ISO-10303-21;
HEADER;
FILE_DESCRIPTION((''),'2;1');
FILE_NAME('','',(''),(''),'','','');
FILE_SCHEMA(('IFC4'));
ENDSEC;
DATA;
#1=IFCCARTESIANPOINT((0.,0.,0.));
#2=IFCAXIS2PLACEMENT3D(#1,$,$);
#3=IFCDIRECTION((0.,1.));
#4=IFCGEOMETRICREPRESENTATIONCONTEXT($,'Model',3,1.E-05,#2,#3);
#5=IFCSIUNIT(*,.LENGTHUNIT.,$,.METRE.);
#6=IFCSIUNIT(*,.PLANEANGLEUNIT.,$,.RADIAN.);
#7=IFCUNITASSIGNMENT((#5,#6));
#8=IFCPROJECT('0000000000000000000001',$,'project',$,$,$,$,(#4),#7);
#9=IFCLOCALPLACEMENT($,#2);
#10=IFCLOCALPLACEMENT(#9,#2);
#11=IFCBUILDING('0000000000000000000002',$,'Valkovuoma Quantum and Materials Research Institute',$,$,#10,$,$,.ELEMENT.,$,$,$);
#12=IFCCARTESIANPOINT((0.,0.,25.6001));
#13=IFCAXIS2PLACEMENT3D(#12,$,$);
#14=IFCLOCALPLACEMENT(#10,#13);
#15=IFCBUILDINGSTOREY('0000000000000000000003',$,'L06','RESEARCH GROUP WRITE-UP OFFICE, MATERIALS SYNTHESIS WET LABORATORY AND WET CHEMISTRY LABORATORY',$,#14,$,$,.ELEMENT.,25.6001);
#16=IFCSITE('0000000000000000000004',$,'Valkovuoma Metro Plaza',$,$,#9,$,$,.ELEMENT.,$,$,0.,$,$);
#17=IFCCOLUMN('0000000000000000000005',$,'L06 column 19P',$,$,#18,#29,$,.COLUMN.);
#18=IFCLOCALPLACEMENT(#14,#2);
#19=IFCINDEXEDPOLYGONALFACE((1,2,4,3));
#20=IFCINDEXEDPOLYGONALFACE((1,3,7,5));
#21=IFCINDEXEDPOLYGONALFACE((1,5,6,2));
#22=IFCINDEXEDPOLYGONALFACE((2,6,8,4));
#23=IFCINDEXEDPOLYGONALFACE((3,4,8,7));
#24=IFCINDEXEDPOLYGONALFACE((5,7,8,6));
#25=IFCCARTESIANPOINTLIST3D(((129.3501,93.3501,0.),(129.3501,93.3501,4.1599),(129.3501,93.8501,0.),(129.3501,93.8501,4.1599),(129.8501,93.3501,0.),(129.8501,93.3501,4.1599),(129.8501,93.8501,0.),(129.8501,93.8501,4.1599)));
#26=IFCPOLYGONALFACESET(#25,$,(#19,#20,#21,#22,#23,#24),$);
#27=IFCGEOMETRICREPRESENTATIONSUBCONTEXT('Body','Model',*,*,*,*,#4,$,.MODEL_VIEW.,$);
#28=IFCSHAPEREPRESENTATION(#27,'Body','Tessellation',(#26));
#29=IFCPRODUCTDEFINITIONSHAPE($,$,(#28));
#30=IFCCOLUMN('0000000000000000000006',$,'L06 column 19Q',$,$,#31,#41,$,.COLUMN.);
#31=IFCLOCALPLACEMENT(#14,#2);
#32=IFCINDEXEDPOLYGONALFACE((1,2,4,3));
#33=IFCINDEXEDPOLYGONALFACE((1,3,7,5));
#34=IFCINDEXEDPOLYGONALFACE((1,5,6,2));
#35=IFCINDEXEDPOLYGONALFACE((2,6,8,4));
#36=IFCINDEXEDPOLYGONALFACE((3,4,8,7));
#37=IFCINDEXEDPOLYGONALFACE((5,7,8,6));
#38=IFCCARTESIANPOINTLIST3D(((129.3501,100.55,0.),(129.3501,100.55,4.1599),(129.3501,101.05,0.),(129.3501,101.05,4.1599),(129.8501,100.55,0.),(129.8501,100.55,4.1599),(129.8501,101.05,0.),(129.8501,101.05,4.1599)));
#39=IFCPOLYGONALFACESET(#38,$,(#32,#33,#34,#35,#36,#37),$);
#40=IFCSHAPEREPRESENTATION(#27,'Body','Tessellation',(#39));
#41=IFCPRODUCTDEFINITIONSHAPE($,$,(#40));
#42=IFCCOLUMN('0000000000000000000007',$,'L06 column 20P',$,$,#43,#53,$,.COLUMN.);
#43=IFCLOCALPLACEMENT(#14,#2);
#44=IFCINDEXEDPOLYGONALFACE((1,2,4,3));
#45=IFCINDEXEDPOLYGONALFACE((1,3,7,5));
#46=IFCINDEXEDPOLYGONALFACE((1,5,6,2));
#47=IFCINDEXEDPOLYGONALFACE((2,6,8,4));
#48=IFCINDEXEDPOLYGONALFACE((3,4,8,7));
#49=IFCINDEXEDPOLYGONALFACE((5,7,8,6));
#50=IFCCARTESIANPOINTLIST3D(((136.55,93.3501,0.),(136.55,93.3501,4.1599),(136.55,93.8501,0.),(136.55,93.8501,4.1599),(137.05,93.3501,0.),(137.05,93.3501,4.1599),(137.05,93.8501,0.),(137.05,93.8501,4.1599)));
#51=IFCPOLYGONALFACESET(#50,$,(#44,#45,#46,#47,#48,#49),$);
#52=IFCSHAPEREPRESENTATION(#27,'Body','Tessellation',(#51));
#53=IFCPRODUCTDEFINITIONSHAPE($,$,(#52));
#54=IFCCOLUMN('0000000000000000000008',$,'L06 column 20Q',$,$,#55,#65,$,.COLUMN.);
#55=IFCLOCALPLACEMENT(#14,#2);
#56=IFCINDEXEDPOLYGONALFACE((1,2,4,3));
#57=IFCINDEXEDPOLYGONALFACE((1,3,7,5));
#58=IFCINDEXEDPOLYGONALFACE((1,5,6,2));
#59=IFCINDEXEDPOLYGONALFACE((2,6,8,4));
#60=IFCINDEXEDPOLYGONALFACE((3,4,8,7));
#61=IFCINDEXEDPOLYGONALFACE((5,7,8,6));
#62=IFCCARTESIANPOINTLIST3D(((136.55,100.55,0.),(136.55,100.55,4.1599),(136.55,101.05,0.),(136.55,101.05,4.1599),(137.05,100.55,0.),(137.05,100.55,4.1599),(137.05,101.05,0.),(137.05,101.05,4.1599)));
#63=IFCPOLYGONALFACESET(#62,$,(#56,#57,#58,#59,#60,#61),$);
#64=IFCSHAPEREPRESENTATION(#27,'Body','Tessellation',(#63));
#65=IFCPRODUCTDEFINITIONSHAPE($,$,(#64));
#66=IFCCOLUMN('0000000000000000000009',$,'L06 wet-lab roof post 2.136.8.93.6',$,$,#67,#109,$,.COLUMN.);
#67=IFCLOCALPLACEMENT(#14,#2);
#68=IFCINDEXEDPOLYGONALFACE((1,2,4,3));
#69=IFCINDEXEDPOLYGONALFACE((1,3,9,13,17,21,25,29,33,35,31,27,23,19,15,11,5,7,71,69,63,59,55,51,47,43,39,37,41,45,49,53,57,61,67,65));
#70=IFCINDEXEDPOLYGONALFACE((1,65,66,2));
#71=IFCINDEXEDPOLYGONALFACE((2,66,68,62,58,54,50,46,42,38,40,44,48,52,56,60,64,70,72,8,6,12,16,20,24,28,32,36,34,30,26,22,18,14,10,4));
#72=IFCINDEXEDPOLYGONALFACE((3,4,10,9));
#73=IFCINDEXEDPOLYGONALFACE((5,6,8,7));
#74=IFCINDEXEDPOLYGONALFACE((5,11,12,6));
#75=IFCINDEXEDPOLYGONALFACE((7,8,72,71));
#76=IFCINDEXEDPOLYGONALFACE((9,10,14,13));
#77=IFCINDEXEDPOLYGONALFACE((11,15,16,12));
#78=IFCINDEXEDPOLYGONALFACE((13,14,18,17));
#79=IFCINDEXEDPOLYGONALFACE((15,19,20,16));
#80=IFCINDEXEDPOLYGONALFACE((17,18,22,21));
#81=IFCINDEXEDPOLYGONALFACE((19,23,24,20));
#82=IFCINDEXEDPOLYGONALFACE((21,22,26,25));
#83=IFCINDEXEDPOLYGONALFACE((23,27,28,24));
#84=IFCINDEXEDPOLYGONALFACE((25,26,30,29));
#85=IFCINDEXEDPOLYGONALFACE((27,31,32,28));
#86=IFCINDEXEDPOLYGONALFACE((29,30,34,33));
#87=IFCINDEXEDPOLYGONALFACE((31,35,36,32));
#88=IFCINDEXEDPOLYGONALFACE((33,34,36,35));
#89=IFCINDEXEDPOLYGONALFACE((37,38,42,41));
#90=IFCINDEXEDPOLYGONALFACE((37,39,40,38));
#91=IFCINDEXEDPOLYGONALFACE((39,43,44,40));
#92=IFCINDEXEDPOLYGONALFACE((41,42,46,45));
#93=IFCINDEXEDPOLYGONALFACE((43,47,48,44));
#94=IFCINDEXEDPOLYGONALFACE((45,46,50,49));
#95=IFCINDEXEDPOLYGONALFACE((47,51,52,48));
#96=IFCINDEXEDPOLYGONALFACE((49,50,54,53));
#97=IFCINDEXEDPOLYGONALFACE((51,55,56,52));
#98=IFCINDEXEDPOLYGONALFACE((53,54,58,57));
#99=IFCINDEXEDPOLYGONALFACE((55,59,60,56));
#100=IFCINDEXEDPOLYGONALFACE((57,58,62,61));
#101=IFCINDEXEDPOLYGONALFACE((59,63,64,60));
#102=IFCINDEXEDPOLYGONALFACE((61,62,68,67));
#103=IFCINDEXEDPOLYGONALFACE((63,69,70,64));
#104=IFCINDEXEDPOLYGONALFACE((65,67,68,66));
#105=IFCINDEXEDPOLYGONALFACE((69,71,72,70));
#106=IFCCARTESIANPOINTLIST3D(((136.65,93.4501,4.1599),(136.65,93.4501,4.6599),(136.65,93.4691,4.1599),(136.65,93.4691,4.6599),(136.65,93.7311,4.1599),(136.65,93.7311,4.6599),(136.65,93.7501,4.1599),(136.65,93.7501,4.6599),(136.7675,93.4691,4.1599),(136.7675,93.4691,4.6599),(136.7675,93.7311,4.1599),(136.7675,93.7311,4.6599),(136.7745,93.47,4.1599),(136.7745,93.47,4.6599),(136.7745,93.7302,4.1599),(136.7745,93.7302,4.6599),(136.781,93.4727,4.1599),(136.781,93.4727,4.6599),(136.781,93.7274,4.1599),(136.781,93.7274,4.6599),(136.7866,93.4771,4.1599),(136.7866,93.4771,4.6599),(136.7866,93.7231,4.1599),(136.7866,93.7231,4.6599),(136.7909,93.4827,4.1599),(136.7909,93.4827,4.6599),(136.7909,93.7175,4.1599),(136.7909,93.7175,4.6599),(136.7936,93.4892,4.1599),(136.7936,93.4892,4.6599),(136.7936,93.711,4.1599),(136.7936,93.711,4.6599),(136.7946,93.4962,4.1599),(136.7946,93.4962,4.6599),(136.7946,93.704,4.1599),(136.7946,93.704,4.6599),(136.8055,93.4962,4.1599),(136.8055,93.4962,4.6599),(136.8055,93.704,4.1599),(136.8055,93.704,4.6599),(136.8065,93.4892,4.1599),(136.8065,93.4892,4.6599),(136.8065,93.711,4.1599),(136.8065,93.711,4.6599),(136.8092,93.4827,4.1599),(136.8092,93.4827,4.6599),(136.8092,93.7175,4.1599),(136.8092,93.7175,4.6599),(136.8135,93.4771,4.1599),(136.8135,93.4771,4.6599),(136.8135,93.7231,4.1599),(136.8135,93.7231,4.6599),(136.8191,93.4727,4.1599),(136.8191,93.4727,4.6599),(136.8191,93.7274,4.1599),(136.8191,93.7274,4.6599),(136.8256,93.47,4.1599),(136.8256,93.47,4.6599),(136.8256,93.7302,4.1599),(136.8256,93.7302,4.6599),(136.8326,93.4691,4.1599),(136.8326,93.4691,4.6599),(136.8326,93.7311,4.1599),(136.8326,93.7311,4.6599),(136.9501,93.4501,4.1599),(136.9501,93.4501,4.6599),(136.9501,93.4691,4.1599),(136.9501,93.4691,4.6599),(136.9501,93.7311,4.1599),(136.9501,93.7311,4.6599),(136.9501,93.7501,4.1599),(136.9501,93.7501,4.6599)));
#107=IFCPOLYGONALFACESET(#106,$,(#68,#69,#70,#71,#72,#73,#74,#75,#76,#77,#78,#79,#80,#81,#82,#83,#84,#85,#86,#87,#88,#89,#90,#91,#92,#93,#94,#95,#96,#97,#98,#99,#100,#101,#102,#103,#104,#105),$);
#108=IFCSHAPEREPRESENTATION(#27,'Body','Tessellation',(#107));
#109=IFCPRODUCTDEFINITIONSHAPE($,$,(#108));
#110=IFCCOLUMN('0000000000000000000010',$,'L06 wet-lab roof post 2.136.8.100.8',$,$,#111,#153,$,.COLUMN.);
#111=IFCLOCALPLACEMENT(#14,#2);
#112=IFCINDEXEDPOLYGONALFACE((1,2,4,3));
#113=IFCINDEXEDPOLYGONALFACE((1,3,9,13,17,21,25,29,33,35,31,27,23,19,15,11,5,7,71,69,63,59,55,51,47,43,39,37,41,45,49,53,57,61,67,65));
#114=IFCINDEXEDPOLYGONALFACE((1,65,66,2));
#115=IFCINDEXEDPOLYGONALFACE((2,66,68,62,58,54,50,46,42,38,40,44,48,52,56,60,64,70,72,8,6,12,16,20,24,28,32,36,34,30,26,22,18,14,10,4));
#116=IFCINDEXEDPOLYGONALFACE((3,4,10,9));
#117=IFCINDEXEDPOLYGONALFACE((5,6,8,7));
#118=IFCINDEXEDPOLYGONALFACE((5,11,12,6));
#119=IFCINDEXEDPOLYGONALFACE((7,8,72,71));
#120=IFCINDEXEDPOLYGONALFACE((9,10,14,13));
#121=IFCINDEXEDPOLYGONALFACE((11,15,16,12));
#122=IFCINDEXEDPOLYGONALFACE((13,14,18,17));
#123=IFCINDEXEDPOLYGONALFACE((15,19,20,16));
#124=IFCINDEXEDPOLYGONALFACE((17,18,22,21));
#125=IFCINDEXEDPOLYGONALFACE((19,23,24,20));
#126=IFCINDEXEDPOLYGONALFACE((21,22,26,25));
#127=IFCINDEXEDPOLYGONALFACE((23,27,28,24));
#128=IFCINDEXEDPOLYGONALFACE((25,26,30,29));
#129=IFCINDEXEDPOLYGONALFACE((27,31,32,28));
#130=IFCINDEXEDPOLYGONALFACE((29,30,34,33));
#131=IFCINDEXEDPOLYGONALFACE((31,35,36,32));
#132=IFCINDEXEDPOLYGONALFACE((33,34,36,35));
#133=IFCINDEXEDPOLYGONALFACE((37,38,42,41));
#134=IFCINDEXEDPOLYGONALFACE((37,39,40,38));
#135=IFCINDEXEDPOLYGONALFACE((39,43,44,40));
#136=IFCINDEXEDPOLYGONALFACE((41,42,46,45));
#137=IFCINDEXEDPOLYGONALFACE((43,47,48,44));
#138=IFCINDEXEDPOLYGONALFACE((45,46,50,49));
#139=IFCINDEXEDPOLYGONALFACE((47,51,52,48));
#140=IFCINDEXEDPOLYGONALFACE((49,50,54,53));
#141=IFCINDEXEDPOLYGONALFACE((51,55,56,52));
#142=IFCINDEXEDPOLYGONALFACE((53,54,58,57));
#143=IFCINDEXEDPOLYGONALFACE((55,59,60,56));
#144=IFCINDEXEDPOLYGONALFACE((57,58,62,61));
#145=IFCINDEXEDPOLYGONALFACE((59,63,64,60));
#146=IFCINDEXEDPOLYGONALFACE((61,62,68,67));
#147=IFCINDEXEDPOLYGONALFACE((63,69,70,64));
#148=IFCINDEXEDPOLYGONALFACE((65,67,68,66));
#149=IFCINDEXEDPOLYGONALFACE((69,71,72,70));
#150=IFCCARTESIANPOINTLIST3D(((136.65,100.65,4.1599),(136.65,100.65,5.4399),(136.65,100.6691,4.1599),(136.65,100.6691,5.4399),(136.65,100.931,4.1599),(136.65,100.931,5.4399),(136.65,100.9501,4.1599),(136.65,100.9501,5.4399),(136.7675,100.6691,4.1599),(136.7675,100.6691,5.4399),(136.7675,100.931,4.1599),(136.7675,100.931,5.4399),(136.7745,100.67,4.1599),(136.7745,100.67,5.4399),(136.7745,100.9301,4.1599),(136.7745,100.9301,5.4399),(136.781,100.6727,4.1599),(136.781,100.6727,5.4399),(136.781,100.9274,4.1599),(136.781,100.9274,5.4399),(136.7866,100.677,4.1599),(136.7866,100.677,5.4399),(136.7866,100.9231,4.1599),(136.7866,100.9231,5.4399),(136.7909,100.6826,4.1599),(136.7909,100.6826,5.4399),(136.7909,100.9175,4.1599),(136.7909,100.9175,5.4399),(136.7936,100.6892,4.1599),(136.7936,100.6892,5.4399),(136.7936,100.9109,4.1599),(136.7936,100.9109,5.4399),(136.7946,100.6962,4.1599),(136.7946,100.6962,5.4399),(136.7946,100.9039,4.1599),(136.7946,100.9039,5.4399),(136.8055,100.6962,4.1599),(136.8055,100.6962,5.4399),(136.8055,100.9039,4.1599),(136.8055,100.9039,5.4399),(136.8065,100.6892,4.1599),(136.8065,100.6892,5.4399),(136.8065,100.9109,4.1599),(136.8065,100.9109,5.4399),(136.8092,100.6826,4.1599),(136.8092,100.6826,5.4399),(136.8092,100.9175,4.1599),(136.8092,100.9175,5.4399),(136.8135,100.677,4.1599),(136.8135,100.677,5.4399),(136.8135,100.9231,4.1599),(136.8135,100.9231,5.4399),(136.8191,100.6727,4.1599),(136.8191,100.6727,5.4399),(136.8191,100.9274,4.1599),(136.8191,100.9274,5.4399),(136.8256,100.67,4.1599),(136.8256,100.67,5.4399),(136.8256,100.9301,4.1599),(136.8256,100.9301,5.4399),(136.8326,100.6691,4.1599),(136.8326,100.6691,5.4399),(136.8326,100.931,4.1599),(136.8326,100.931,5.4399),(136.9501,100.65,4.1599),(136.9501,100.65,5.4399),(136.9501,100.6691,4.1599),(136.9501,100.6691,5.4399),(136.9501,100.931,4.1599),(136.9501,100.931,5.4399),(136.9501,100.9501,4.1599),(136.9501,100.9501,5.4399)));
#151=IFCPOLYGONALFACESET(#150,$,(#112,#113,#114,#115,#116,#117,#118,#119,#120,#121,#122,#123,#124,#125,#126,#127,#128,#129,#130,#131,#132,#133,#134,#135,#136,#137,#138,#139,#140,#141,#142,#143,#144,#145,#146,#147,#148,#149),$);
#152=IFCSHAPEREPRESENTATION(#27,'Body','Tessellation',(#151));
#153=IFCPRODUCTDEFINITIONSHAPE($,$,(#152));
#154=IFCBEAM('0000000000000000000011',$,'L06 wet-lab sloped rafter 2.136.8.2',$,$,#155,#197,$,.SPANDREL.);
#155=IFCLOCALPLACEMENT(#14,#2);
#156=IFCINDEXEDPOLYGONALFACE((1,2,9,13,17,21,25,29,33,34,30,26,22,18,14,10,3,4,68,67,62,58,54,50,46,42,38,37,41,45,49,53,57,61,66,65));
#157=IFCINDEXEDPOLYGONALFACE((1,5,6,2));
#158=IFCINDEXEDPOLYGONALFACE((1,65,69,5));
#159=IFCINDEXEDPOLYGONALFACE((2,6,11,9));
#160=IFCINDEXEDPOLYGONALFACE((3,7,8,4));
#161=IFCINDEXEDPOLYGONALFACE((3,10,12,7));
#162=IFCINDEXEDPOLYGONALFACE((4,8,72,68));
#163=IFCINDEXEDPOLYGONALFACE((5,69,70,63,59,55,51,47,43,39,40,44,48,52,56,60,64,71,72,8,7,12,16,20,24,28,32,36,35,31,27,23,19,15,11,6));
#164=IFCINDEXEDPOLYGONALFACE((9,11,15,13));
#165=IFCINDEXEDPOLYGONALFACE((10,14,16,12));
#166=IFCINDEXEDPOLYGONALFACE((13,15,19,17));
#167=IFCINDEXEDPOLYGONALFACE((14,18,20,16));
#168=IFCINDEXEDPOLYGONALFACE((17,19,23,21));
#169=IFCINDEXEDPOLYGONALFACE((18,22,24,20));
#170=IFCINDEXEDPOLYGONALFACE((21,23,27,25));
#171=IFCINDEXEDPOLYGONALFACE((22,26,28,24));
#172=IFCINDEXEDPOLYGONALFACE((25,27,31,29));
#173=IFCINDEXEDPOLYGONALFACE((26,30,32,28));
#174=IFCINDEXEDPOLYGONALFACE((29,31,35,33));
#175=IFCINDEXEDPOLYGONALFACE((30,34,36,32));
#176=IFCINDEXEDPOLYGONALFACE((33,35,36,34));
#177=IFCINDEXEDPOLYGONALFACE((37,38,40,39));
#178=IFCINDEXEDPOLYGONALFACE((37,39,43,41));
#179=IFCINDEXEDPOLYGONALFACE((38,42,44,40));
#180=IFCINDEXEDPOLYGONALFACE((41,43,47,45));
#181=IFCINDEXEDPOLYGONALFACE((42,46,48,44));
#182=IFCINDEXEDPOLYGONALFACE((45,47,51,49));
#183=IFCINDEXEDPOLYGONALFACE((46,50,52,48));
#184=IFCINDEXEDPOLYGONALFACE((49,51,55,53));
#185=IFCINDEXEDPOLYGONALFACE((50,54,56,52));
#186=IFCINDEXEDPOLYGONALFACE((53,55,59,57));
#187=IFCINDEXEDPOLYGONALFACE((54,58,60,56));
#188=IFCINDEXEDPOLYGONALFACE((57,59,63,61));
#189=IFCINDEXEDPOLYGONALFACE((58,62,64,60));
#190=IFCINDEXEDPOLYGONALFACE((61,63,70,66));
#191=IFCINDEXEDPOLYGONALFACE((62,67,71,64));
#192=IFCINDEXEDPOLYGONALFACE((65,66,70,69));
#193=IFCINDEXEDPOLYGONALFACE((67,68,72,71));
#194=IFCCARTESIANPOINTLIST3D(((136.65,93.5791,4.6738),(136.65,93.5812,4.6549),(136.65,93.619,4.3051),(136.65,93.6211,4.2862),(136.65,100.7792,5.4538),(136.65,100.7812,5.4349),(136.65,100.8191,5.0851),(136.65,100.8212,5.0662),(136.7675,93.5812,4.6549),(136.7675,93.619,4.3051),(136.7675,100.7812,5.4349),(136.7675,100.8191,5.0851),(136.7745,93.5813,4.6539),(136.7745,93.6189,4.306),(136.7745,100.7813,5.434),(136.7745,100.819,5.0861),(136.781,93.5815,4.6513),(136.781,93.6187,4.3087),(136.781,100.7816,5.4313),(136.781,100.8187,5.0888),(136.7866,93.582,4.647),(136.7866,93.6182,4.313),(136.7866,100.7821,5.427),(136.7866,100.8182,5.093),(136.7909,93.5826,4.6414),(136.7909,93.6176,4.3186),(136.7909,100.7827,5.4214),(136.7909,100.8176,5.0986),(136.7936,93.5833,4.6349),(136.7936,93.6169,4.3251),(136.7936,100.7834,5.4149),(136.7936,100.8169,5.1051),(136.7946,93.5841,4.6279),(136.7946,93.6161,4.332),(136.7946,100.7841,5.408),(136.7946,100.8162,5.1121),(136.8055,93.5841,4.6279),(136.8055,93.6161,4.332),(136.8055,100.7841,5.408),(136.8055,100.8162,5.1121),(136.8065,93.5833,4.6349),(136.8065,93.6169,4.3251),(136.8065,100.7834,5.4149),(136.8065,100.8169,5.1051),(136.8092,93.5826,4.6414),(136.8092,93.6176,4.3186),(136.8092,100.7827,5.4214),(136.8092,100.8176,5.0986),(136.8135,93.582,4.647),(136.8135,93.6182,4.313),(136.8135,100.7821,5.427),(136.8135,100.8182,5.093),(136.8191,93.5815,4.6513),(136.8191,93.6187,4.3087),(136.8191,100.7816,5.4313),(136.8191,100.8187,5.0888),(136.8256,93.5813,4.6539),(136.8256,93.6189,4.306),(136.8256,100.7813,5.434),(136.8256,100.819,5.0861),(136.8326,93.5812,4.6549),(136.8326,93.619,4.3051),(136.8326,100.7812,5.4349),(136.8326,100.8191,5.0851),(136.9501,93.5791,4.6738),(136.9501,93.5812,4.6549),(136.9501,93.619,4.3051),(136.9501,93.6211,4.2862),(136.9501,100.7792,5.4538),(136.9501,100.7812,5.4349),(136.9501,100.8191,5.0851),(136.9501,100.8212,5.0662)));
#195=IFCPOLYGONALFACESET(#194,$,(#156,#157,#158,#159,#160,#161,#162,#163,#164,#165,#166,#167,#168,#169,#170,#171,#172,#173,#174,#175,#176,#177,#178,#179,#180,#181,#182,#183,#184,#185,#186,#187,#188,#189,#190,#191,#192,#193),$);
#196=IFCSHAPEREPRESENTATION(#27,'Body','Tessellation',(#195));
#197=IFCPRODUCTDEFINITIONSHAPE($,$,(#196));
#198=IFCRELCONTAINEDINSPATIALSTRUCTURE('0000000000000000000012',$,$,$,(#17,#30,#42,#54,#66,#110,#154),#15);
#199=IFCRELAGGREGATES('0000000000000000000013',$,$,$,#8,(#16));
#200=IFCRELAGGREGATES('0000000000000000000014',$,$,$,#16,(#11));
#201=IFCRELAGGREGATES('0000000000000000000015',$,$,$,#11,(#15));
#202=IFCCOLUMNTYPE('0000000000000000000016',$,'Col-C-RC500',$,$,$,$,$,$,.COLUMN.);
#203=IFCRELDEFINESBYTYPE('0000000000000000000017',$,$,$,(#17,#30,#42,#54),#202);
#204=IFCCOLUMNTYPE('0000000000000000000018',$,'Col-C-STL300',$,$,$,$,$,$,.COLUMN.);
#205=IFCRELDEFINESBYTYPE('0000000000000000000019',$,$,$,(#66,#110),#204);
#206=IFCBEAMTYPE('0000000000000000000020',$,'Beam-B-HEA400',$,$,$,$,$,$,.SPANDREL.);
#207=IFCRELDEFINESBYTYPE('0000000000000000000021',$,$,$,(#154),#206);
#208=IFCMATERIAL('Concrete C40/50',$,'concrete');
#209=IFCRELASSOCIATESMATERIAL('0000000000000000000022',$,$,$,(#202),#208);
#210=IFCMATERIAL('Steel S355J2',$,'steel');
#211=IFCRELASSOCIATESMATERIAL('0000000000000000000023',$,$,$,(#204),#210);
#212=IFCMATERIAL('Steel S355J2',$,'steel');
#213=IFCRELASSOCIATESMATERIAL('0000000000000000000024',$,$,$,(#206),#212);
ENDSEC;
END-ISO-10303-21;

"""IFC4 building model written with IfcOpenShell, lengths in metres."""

from ifc_helpers import new_model, si_unit, direction, frame, origin, origin_2d, place, context, subcontext, project, spatial, rectangle, i_section, extrude, material, material_profile, profile_set, type_object, element, save


model = new_model("IFC4")

# Units and contexts
model_context = context("Model", 3, precision=1e-05, world=origin(), true_north=direction((0.0, 1.0)))
body_context = subcontext(model_context, "Body", "Model", "MODEL_VIEW")
ifc_project = project(units=[si_unit("LENGTHUNIT", "METRE"), si_unit("PLANEANGLEUNIT", "RADIAN")], contexts=[model_context])

# Site, building, storey
site_placement = place(None, origin())
site = spatial("IfcSite", under=ifc_project, at=site_placement, Name="Valkovuoma Metro Plaza", CompositionType="ELEMENT", RefElevation=0.0)
building_placement = place(site_placement, origin())
building = spatial("IfcBuilding", under=site, at=building_placement, Name="Valkovuoma Quantum and Materials Research Institute", CompositionType="ELEMENT")
storey_placement = place(building_placement, frame((0.0, 0.0, 25.6001)))
storey = spatial("IfcBuildingStorey", under=building, at=storey_placement, Name="L06", Description="RESEARCH GROUP WRITE-UP OFFICE, MATERIALS SYNTHESIS WET LABORATORY AND WET CHEMISTRY LABORATORY", CompositionType="ELEMENT", Elevation=25.6001)

# Columns
ifc_material_1 = material(Name="Concrete C40/50", Category="concrete")
ifc_material_profile_1 = material_profile(ifc_material_1, rectangle(XDim=0.5, YDim=0.5, at=origin_2d()), Name="Concrete C40/50")
ifc_profile_set_1 = profile_set([ifc_material_profile_1], Name="Concrete C40/50")
column_type_1 = type_object("IfcColumnType", Name="Col-C-RC500", PredefinedType="COLUMN", material=ifc_profile_set_1)
for number, where, z_axis, x_axis, name in (
    (1, (129.6001, 93.6001, 0.0), (0.0, 0.0, 1.0), (1.0, 0.0, 0.0), "L06 column 19P"),
    (2, (129.6001, 100.8, 0.0), (0.0, 0.0, 1.0), (1.0, 0.0, 0.0), "L06 column 19Q"),
    (3, (136.8, 93.6001, 0.0), (0.0, 0.0, 1.0), (1.0, 0.0, 0.0), "L06 column 20P"),
    (4, (136.8, 100.8, 0.0), (0.0, 0.0, 1.0), (1.0, 0.0, 0.0), "L06 column 20Q"),
):
    element("IfcColumn", number, at=place(storey_placement, frame(where, z_axis=z_axis, x_axis=x_axis)), inside=storey, type_object=column_type_1, Name=name, PredefinedType="COLUMN", context=body_context, shape_type="SweptSolid", body=[
        extrude(rectangle(XDim=0.5, YDim=0.5, at=origin_2d()), origin(), (0.0, 0.0, 1.0), 4.1599),
    ])
ifc_material_2 = material(Name="Steel S355J2", Category="steel")
ifc_material_profile_2 = material_profile(ifc_material_2, i_section(OverallWidth=0.3, OverallDepth=0.3, WebThickness=0.011, FlangeThickness=0.019, FilletRadius=0.0271, at=origin_2d()), Name="Steel S355J2")
ifc_profile_set_2 = profile_set([ifc_material_profile_2], Name="Steel S355J2")
column_type_2 = type_object("IfcColumnType", Name="Col-C-STL300", PredefinedType="COLUMN", material=ifc_profile_set_2)
column_1_placement = place(storey_placement, frame((136.8, 93.6001, 4.1599), z_axis=(0.0, 0.0, 1.0), x_axis=(1.0, 0.0, 0.0)))
element("IfcColumn", 5, at=column_1_placement, inside=storey, type_object=column_type_2, Name="L06 wet-lab roof post 2.136.8.93.6", PredefinedType="COLUMN", context=body_context, shape_type="SweptSolid", body=[
    extrude(i_section(OverallWidth=0.3, OverallDepth=0.3, WebThickness=0.011, FlangeThickness=0.019, FilletRadius=0.0271, at=origin_2d()), origin(), (0.0, 0.0, 1.0), 0.5),
])
column_2_placement = place(storey_placement, frame((136.8, 100.8, 4.1599), z_axis=(0.0, 0.0, 1.0), x_axis=(1.0, 0.0, 0.0)))
element("IfcColumn", 6, at=column_2_placement, inside=storey, type_object=column_type_2, Name="L06 wet-lab roof post 2.136.8.100.8", PredefinedType="COLUMN", context=body_context, shape_type="SweptSolid", body=[
    extrude(i_section(OverallWidth=0.3, OverallDepth=0.3, WebThickness=0.011, FlangeThickness=0.019, FilletRadius=0.0271, at=origin_2d()), origin(), (0.0, 0.0, 1.0), 1.28),
])

# Beam
ifc_material_3 = material(Name="Steel S355J2", Category="steel")
ifc_material_profile_3 = material_profile(ifc_material_3, i_section(OverallWidth=0.3, OverallDepth=0.3899, WebThickness=0.011, FlangeThickness=0.019, FilletRadius=0.0271, at=origin_2d()), Name="Steel S355J2")
ifc_profile_set_3 = profile_set([ifc_material_profile_3], Name="Steel S355J2")
beam_type_1 = type_object("IfcBeamType", Name="Beam-B-HEA400", PredefinedType="SPANDREL", material=ifc_profile_set_3)
beam_1_placement = place(storey_placement, frame((136.8, 93.6001, 4.48), z_axis=(0.0, 0.994183, 0.107708), x_axis=(-1.0, 0.0, 0.0)))
element("IfcBeam", 7, at=beam_1_placement, inside=storey, type_object=beam_type_1, Name="L06 wet-lab sloped rafter 2.136.8.2", PredefinedType="SPANDREL", context=body_context, shape_type="SweptSolid", body=[
    extrude(i_section(OverallWidth=0.3, OverallDepth=0.3899, WebThickness=0.011, FlangeThickness=0.019, FilletRadius=0.0271, at=origin_2d()), origin(), (0.0, 0.0, 1.0), 7.2422),
])

save(model, "model.ifc")
